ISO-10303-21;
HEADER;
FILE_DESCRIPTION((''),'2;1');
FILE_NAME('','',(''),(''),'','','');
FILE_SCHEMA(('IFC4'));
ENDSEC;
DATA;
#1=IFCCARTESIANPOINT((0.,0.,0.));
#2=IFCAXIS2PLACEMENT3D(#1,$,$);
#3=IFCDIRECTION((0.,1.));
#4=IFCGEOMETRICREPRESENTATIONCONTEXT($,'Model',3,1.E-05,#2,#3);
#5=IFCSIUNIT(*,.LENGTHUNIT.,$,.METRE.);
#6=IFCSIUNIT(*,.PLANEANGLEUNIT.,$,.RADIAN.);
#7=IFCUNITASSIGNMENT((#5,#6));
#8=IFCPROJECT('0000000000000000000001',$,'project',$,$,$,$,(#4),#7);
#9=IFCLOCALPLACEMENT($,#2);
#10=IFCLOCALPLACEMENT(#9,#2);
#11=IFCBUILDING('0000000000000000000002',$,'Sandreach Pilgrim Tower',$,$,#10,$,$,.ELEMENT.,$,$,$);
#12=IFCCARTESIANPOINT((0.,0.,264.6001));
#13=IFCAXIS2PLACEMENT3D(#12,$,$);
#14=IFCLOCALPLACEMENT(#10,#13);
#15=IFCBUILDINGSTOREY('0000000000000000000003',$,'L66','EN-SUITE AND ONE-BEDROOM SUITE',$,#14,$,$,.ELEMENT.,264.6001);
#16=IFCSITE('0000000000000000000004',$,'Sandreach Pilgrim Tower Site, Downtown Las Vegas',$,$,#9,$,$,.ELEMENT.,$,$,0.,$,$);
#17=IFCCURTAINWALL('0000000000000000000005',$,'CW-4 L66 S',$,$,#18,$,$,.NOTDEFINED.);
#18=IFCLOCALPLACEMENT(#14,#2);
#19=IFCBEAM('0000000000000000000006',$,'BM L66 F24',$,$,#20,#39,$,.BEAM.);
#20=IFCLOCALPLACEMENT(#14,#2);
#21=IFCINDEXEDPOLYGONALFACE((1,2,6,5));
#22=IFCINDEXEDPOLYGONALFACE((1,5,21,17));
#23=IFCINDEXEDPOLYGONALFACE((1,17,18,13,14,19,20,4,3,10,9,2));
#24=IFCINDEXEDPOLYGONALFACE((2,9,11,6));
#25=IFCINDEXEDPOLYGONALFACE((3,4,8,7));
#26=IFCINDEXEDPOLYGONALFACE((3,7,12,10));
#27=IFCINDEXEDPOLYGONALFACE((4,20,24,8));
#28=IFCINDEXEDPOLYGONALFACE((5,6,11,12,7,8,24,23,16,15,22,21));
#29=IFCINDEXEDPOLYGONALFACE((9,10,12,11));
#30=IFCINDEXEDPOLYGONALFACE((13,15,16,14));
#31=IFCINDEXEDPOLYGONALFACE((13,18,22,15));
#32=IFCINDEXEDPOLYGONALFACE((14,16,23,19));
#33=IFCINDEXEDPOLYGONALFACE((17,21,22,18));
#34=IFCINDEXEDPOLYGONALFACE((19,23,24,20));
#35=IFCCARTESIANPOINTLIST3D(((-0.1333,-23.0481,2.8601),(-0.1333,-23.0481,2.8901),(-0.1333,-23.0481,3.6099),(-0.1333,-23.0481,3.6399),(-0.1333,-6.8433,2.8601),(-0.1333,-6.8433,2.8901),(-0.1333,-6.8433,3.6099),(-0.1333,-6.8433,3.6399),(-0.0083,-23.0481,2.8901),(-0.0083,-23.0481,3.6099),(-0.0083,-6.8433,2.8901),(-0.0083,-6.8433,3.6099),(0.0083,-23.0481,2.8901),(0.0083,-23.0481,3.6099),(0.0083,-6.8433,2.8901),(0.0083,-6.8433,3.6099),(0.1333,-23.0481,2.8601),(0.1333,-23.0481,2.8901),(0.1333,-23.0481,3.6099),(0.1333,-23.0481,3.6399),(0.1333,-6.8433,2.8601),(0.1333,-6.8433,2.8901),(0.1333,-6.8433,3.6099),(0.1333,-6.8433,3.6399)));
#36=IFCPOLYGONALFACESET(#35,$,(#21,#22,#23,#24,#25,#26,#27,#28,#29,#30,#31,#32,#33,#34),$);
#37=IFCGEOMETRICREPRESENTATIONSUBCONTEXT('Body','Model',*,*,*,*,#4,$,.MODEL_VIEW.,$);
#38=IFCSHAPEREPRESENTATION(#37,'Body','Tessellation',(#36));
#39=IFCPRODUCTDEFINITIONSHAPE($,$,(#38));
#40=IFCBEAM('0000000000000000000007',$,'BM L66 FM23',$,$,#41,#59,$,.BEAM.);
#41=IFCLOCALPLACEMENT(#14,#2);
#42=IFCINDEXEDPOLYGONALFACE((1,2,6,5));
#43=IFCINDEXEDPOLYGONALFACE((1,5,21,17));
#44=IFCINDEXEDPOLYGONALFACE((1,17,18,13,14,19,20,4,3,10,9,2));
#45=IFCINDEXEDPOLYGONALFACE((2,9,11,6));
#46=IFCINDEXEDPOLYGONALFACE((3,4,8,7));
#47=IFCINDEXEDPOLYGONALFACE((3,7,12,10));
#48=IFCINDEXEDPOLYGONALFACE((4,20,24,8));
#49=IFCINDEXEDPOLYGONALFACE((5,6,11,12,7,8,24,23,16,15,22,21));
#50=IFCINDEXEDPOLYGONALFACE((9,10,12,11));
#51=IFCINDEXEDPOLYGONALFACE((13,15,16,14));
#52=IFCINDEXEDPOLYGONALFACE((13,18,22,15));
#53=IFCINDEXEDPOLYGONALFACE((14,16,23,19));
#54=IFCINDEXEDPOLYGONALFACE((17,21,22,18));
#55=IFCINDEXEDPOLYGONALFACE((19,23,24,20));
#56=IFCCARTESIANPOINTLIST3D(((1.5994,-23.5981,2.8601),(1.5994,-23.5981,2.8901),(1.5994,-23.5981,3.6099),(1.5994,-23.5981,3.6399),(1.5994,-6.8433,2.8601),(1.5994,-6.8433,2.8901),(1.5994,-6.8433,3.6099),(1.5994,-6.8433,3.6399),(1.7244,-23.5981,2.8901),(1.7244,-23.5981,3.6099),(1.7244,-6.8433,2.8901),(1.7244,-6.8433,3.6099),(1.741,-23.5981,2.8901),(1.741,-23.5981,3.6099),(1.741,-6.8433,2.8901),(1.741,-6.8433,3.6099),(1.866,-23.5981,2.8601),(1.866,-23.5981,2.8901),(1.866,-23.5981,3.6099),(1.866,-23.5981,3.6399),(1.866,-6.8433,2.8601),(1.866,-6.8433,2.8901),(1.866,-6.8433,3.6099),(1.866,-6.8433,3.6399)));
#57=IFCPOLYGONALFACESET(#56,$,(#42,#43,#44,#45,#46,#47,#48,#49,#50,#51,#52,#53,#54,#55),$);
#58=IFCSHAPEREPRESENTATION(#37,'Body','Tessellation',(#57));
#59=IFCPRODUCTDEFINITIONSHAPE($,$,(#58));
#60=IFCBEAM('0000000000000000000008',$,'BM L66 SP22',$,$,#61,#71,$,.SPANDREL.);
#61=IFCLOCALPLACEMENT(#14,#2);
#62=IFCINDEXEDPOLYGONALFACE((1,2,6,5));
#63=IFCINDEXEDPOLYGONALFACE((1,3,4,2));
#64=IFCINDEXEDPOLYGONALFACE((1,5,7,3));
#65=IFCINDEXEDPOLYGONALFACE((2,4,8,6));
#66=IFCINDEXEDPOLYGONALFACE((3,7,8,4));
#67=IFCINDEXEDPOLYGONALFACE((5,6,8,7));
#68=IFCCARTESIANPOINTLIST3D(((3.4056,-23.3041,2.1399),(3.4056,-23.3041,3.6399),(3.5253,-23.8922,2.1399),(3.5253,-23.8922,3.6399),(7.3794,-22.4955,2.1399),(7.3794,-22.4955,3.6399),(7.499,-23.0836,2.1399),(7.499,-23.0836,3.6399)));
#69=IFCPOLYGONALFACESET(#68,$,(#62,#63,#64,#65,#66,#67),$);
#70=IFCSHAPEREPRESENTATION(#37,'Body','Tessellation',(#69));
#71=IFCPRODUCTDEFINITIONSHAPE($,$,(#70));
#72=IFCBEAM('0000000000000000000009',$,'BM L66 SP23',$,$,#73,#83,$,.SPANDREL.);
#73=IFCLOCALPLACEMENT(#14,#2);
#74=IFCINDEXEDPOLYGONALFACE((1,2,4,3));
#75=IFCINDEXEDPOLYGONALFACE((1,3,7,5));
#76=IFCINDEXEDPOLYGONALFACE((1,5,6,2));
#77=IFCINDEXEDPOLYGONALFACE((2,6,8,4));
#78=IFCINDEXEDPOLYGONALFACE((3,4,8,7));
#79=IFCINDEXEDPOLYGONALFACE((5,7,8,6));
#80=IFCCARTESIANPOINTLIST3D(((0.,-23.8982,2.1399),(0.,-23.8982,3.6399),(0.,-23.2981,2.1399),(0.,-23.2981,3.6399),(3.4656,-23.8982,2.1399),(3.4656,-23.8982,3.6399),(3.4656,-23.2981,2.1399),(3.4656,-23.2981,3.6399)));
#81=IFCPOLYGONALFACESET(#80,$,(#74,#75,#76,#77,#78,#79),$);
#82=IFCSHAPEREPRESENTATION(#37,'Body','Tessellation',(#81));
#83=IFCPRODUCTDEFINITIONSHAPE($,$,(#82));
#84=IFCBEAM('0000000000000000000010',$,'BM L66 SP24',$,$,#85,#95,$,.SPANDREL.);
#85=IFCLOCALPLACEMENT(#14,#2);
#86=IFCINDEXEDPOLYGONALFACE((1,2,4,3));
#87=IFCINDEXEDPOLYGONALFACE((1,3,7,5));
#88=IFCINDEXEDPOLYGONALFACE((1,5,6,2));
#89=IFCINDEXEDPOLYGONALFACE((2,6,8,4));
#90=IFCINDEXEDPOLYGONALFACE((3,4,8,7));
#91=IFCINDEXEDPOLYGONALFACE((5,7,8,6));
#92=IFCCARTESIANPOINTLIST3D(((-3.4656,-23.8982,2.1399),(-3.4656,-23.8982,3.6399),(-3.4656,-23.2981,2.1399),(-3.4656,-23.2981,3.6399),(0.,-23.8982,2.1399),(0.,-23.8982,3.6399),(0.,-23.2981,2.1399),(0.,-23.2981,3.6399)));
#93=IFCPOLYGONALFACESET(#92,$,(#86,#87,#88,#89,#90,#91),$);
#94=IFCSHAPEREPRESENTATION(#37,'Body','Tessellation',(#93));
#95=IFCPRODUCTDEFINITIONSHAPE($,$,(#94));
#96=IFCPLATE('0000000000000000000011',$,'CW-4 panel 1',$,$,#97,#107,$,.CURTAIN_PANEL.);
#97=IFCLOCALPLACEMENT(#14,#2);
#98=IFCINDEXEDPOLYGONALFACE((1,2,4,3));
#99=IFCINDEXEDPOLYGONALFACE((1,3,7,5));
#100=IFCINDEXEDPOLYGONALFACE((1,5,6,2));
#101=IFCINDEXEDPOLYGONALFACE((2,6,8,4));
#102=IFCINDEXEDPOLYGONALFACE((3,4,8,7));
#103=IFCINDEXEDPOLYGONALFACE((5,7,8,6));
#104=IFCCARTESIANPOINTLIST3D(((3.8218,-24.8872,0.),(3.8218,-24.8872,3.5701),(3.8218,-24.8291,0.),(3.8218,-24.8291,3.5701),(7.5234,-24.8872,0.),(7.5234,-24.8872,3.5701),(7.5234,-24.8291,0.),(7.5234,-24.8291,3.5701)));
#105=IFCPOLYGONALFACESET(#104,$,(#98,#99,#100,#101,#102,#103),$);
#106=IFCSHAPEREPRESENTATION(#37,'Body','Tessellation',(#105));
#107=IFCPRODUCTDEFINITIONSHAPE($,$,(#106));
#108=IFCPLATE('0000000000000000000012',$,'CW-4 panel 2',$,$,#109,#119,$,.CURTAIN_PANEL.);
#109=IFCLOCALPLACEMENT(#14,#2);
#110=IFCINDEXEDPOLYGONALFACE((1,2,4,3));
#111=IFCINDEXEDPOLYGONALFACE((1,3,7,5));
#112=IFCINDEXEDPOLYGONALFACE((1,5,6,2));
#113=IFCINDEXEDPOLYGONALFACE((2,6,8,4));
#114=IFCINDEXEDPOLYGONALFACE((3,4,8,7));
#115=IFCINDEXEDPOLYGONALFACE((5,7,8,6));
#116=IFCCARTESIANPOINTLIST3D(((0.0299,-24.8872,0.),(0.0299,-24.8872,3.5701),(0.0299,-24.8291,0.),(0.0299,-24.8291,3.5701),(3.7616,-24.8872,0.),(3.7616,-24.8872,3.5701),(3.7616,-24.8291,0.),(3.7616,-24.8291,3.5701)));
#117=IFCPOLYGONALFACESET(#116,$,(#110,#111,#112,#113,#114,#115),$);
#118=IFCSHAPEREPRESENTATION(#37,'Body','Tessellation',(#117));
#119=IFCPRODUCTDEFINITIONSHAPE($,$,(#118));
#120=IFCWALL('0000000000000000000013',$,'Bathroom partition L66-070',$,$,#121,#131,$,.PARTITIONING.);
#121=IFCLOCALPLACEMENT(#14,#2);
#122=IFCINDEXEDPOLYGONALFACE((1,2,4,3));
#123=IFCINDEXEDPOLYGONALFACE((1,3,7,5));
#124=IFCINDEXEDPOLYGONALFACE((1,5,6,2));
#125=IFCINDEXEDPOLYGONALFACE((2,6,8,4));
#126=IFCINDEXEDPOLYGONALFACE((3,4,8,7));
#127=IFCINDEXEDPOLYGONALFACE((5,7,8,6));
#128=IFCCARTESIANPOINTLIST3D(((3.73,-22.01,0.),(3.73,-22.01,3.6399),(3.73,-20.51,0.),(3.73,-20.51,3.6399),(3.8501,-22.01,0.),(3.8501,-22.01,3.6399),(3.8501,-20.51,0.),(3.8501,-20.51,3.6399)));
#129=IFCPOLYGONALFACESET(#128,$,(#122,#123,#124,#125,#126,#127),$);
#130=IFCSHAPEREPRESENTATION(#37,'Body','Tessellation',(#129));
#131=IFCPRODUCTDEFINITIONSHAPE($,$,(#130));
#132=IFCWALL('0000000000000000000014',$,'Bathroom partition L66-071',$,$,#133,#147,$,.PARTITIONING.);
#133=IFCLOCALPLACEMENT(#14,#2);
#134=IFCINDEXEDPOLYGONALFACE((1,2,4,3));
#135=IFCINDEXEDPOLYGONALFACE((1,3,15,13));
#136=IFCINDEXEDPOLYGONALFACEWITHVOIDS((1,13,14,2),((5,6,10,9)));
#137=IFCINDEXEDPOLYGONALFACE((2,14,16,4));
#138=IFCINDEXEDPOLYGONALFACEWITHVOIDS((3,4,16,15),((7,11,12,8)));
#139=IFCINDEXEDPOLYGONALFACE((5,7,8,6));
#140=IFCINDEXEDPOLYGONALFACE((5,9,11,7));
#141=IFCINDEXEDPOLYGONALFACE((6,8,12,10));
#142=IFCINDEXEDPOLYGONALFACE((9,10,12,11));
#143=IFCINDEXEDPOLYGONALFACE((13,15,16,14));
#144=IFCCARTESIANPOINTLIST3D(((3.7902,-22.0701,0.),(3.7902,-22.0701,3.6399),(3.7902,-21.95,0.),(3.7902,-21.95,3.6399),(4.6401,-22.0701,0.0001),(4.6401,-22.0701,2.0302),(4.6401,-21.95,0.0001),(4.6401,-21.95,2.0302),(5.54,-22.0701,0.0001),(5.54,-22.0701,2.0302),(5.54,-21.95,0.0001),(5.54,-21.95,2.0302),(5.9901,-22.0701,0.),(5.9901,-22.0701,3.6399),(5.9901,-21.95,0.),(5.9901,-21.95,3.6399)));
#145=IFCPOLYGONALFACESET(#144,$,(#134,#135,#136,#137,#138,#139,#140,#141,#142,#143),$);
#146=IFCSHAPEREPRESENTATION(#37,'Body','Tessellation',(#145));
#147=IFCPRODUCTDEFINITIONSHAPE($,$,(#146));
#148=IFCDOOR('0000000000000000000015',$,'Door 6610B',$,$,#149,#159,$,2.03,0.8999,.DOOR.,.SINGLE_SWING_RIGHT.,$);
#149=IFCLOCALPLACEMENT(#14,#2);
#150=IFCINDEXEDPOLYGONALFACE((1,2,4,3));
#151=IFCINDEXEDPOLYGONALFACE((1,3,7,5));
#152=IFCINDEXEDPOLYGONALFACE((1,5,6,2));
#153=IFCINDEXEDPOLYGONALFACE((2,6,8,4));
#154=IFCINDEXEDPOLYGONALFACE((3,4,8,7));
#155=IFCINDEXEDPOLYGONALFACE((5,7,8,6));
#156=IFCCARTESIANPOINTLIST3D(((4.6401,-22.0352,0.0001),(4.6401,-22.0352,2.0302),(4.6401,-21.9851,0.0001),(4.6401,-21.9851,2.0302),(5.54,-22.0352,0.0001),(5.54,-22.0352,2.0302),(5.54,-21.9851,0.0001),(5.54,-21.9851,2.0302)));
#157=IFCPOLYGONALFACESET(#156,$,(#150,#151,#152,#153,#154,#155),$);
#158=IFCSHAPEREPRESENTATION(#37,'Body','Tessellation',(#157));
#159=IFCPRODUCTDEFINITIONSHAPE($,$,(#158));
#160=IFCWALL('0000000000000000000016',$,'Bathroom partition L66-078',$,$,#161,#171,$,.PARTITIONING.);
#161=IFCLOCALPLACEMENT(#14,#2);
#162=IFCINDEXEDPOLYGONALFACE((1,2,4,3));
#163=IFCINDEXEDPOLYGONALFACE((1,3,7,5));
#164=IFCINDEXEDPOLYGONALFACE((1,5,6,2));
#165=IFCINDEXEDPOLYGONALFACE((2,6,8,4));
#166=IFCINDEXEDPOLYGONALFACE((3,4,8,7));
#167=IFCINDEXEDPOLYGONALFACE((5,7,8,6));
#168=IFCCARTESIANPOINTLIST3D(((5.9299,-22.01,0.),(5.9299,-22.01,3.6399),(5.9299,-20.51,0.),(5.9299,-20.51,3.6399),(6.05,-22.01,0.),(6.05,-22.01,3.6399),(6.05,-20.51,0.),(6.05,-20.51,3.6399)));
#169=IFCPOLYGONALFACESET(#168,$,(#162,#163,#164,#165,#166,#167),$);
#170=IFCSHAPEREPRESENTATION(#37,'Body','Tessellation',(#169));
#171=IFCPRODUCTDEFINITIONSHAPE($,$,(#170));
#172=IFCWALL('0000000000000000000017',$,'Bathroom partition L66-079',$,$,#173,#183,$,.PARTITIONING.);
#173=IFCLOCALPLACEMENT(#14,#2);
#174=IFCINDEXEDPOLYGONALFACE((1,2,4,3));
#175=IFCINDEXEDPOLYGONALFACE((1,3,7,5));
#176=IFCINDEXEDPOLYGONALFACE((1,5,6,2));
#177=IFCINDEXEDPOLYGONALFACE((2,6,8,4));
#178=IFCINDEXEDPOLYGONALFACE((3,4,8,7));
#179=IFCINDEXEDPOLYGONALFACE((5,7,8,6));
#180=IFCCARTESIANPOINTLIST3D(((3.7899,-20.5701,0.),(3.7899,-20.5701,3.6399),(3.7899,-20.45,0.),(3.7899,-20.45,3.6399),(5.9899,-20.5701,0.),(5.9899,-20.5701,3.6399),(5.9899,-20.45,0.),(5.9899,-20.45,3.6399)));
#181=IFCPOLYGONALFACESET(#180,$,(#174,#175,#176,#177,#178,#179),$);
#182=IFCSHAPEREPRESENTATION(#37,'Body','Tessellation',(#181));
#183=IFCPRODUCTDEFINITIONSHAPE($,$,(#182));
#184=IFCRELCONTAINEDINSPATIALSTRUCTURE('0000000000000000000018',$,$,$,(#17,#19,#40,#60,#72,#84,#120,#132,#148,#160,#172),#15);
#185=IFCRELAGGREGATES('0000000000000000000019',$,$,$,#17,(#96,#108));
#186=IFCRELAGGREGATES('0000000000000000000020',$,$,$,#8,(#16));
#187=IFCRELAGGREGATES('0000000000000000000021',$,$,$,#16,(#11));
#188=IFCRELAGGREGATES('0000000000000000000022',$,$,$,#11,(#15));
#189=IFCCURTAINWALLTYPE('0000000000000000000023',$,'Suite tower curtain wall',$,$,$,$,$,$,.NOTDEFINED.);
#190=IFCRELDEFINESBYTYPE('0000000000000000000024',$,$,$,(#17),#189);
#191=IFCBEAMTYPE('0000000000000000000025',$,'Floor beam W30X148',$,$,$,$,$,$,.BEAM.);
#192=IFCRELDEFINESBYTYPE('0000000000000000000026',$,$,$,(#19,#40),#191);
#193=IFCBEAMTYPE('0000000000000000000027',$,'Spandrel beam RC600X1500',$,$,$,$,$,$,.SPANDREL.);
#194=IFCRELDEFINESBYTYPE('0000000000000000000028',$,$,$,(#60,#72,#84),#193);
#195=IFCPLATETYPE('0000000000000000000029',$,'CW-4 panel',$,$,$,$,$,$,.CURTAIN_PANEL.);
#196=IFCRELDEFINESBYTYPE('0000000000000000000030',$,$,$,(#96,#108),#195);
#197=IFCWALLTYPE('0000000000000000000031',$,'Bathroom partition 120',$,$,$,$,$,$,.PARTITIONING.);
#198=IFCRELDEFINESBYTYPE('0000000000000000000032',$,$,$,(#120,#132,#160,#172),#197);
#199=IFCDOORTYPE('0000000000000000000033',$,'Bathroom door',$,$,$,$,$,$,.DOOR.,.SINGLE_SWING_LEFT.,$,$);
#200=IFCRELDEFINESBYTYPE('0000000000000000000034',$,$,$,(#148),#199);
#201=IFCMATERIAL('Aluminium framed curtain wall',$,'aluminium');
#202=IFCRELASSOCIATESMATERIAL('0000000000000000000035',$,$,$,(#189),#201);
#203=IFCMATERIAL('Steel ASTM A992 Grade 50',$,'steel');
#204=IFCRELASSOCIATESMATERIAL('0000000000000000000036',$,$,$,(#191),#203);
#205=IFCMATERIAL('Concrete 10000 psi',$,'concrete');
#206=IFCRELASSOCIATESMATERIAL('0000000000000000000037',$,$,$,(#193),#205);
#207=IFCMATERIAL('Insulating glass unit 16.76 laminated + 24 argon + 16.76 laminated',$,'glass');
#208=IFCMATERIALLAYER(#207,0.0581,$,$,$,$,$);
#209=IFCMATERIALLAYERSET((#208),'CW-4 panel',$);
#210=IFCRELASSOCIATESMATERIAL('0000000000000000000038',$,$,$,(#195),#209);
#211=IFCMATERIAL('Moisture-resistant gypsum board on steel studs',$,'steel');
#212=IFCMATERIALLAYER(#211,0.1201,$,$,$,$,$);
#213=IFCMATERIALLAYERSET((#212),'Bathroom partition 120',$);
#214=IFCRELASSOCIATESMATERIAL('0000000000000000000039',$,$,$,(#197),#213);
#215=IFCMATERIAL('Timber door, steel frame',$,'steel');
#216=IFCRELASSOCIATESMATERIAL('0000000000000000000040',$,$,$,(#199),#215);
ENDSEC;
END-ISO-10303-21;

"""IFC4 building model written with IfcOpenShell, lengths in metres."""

from ifc_helpers import new_model, si_unit, direction, frame, frame_2d, origin, origin_2d, place, context, subcontext, project, spatial, rectangle, i_section, extrude, material, layer, layer_set, material_profile, profile_set, type_object, element, fill, aggregate, save


model = new_model("IFC4")

# Units and contexts
model_context = context("Model", 3, precision=1e-05, world=origin(), true_north=direction((0.0, 1.0)))
body_context = subcontext(model_context, "Body", "Model", "MODEL_VIEW")
ifc_project = project(units=[si_unit("LENGTHUNIT", "METRE"), si_unit("PLANEANGLEUNIT", "RADIAN")], contexts=[model_context])

# Site, building, storey
site_placement = place(None, origin())
site = spatial("IfcSite", under=ifc_project, at=site_placement, Name="Sandreach Pilgrim Tower Site, Downtown Las Vegas", CompositionType="ELEMENT", RefElevation=0.0)
building_placement = place(site_placement, origin())
building = spatial("IfcBuilding", under=site, at=building_placement, Name="Sandreach Pilgrim Tower", CompositionType="ELEMENT")
storey_placement = place(building_placement, frame((0.0, 0.0, 264.6001)))
storey = spatial("IfcBuildingStorey", under=building, at=storey_placement, Name="L66", Description="EN-SUITE AND ONE-BEDROOM SUITE", CompositionType="ELEMENT", Elevation=264.6001)

# Curtain wall
ifc_material_1 = material(Name="Aluminium framed curtain wall", Category="aluminium")
curtain_wall_type = type_object("IfcCurtainWallType", Name="Suite tower curtain wall", PredefinedType="NOTDEFINED", material=ifc_material_1)
curtain_wall_placement = place(storey_placement, origin())
curtain_wall = element("IfcCurtainWall", 1, at=curtain_wall_placement, inside=storey, type_object=curtain_wall_type, Name="CW-4 L66 S", PredefinedType="NOTDEFINED")

# Beams
ifc_material_2 = material(Name="Steel ASTM A992 Grade 50", Category="steel")
ifc_material_profile_1 = material_profile(ifc_material_2, i_section(OverallWidth=0.2666, OverallDepth=0.7798, WebThickness=0.0166, FlangeThickness=0.03, at=origin_2d()), Name="W30X148")
ifc_profile_set_1 = profile_set([ifc_material_profile_1], Name="Steel ASTM A992 Grade 50")
beam_type_1 = type_object("IfcBeamType", Name="Floor beam W30X148", PredefinedType="BEAM", material=ifc_profile_set_1)
beam_1_placement = place(storey_placement, frame((0.0, -23.0481, 3.25), z_axis=(0.0, 1.0, 0.0), x_axis=(-1.0, 0.0, 0.0)))
element("IfcBeam", 2, at=beam_1_placement, inside=storey, type_object=beam_type_1, Name="BM L66 F24", PredefinedType="BEAM", context=body_context, shape_type="SweptSolid", body=[
    extrude(i_section(OverallWidth=0.2666, OverallDepth=0.7798, WebThickness=0.0166, FlangeThickness=0.03, at=origin_2d()), origin(), (0.0, 0.0, 1.0), 16.2048),
])
beam_2_placement = place(storey_placement, frame((1.7327, -23.5981, 3.25), z_axis=(0.0, 1.0, 0.0), x_axis=(-1.0, 0.0, 0.0)))
element("IfcBeam", 3, at=beam_2_placement, inside=storey, type_object=beam_type_1, Name="BM L66 FM23", PredefinedType="BEAM", context=body_context, shape_type="SweptSolid", body=[
    extrude(i_section(OverallWidth=0.2666, OverallDepth=0.7798, WebThickness=0.0166, FlangeThickness=0.03, at=origin_2d()), origin(), (0.0, 0.0, 1.0), 16.7549),
])
ifc_material_3 = material(Name="Concrete 10000 psi", Category="concrete")
ifc_material_profile_2 = material_profile(ifc_material_3, rectangle(XDim=0.6001, YDim=1.5, at=origin_2d()), Name="RC600X1500")
ifc_profile_set_2 = profile_set([ifc_material_profile_2], Name="Concrete 10000 psi")
beam_type_2 = type_object("IfcBeamType", Name="Spandrel beam RC600X1500", PredefinedType="SPANDREL", material=ifc_profile_set_2)
beam_3_placement = place(storey_placement, frame((7.4392, -22.7896, 2.8899), z_axis=(-0.979918, -0.199403, 0.0), x_axis=(0.199403, -0.979918, 0.0)))
element("IfcBeam", 4, at=beam_3_placement, inside=storey, type_object=beam_type_2, Name="BM L66 SP22", PredefinedType="SPANDREL", context=body_context, shape_type="SweptSolid", body=[
    extrude(rectangle(XDim=0.6001, YDim=1.5, at=origin_2d()), origin(), (0.0, 0.0, 1.0), 4.0552),
])
for number, where, z_axis, x_axis, name in (
    (5, (3.4656, -23.5981, 2.8899), (-1.0, 0.0, 0.0), (0.0, -1.0, 0.0), "BM L66 SP23"),
    (6, (0.0, -23.5981, 2.8899), (-1.0, 0.0, 0.0), (0.0, -1.0, 0.0), "BM L66 SP24"),
):
    element("IfcBeam", number, at=place(storey_placement, frame(where, z_axis=z_axis, x_axis=x_axis)), inside=storey, type_object=beam_type_2, Name=name, PredefinedType="SPANDREL", context=body_context, shape_type="SweptSolid", body=[
        extrude(rectangle(XDim=0.6001, YDim=1.5, at=origin_2d()), origin(), (0.0, 0.0, 1.0), 3.4656),
    ])

# Plates
ifc_material_4 = material(Name="Insulating glass unit 16.76 laminated + 24 argon + 16.76 laminated", Category="glass")
ifc_layer_1 = layer(ifc_material_4, 0.0581)
ifc_layer_set_1 = layer_set([ifc_layer_1], Name="CW-4 panel")
plate_type = type_object("IfcPlateType", Name="CW-4 panel", PredefinedType="CURTAIN_PANEL", material=ifc_layer_set_1)
plate_1_placement = place(storey_placement, frame((5.6726, -24.8582, 0.0), z_axis=(0.0, 0.0, 1.0), x_axis=(-1.0, 0.0, 0.0)))
plate_1 = element("IfcPlate", 7, at=plate_1_placement, type_object=plate_type, Name="CW-4 panel 1", PredefinedType="CURTAIN_PANEL", context=body_context, shape_type="SweptSolid", body=[
    extrude(rectangle(XDim=3.7017, YDim=0.0581, at=origin_2d()), origin(), (0.0, 0.0, 1.0), 3.5701),
])
plate_2_placement = place(storey_placement, frame((1.8958, -24.8582, 0.0), z_axis=(0.0, 0.0, 1.0), x_axis=(-1.0, 0.0, 0.0)))
plate_2 = element("IfcPlate", 8, at=plate_2_placement, type_object=plate_type, Name="CW-4 panel 2", PredefinedType="CURTAIN_PANEL", context=body_context, shape_type="SweptSolid", body=[
    extrude(rectangle(XDim=3.7317, YDim=0.0581, at=origin_2d()), origin(), (0.0, 0.0, 1.0), 3.5701),
])
aggregate(curtain_wall, [plate_1, plate_2])

# Wall
ifc_material_5 = material(Name="Moisture-resistant gypsum board on steel studs", Category="steel")
ifc_layer_2 = layer(ifc_material_5, 0.1201)
ifc_layer_set_2 = layer_set([ifc_layer_2], Name="Bathroom partition 120")
wall_type_1 = type_object("IfcWallType", Name="Bathroom partition 120", PredefinedType="PARTITIONING", material=ifc_layer_set_2)
wall_1_placement = place(storey_placement, frame((3.79, -22.01, 0.0), z_axis=(0.0, 0.0, 1.0), x_axis=(0.0, 1.0, 0.0)))
element("IfcWall", 9, at=wall_1_placement, inside=storey, type_object=wall_type_1, Name="Bathroom partition L66-070", PredefinedType="PARTITIONING", context=body_context, shape_type="SweptSolid", body=[
    extrude(rectangle(XDim=1.5, YDim=0.1201, at=frame_2d((0.75, 0.0))), origin(), (0.0, 0.0, 1.0), 3.6399),
])

# Wall, opening, door
wall_2_placement = place(storey_placement, frame((3.79, -22.01, 0.0), z_axis=(0.0, 0.0, 1.0), x_axis=(1.0, 0.0, 0.0)))
wall_2 = element("IfcWall", 10, at=wall_2_placement, inside=storey, type_object=wall_type_1, Name="Bathroom partition L66-071", PredefinedType="PARTITIONING", context=body_context, shape_type="SweptSolid", body=[
    extrude(rectangle(XDim=2.2, YDim=0.1201, at=frame_2d((1.1001, 0.0))), origin(), (0.0, 0.0, 1.0), 3.6399),
])
opening_1_placement = place(wall_2_placement, frame((0.8501, 0.0, 0.0)))
opening_1 = element("IfcOpeningElement", 11, at=opening_1_placement, cuts=wall_2, PredefinedType="OPENING", context=body_context, shape_type="SweptSolid", body=[
    extrude(rectangle(XDim=0.8999, YDim=2.03, at=frame_2d((0.45, 1.0151))), frame((0.0, 0.0601, 0.0), z_axis=(0.0, -1.0, 0.0), x_axis=(1.0, 0.0, 0.0)), (0.0, 0.0, 1.0), 0.1201),
])
ifc_material_6 = material(Name="Timber door, steel frame", Category="steel")
door_type_1 = type_object("IfcDoorType", Name="Bathroom door", OperationType="SINGLE_SWING_LEFT", PredefinedType="DOOR", material=ifc_material_6)
door_1_placement = place(opening_1_placement, origin())
door_1 = element("IfcDoor", 12, at=door_1_placement, inside=storey, type_object=door_type_1, Name="Door 6610B", OperationType="SINGLE_SWING_RIGHT", OverallHeight=2.03, OverallWidth=0.8999, PredefinedType="DOOR", context=body_context, shape_type="SweptSolid", body=[
    extrude(rectangle(XDim=0.8999, YDim=2.03, at=frame_2d((0.45, 1.0151))), frame((0.0, 0.0249, 0.0), z_axis=(0.0, -1.0, 0.0), x_axis=(1.0, 0.0, 0.0)), (0.0, 0.0, 1.0), 0.05),
])
fill(opening_1, door_1)

# Walls
wall_3_placement = place(storey_placement, frame((5.99, -22.01, 0.0), z_axis=(0.0, 0.0, 1.0), x_axis=(0.0, 1.0, 0.0)))
element("IfcWall", 13, at=wall_3_placement, inside=storey, type_object=wall_type_1, Name="Bathroom partition L66-078", PredefinedType="PARTITIONING", context=body_context, shape_type="SweptSolid", body=[
    extrude(rectangle(XDim=1.5, YDim=0.1201, at=frame_2d((0.75, 0.0))), origin(), (0.0, 0.0, 1.0), 3.6399),
])
wall_4_placement = place(storey_placement, frame((5.99, -20.51, 0.0), z_axis=(0.0, 0.0, 1.0), x_axis=(-1.0, 0.0, 0.0)))
element("IfcWall", 14, at=wall_4_placement, inside=storey, type_object=wall_type_1, Name="Bathroom partition L66-079", PredefinedType="PARTITIONING", context=body_context, shape_type="SweptSolid", body=[
    extrude(rectangle(XDim=2.2, YDim=0.1201, at=frame_2d((1.1001, 0.0))), origin(), (0.0, 0.0, 1.0), 3.6399),
])

save(model, "model.ifc")
